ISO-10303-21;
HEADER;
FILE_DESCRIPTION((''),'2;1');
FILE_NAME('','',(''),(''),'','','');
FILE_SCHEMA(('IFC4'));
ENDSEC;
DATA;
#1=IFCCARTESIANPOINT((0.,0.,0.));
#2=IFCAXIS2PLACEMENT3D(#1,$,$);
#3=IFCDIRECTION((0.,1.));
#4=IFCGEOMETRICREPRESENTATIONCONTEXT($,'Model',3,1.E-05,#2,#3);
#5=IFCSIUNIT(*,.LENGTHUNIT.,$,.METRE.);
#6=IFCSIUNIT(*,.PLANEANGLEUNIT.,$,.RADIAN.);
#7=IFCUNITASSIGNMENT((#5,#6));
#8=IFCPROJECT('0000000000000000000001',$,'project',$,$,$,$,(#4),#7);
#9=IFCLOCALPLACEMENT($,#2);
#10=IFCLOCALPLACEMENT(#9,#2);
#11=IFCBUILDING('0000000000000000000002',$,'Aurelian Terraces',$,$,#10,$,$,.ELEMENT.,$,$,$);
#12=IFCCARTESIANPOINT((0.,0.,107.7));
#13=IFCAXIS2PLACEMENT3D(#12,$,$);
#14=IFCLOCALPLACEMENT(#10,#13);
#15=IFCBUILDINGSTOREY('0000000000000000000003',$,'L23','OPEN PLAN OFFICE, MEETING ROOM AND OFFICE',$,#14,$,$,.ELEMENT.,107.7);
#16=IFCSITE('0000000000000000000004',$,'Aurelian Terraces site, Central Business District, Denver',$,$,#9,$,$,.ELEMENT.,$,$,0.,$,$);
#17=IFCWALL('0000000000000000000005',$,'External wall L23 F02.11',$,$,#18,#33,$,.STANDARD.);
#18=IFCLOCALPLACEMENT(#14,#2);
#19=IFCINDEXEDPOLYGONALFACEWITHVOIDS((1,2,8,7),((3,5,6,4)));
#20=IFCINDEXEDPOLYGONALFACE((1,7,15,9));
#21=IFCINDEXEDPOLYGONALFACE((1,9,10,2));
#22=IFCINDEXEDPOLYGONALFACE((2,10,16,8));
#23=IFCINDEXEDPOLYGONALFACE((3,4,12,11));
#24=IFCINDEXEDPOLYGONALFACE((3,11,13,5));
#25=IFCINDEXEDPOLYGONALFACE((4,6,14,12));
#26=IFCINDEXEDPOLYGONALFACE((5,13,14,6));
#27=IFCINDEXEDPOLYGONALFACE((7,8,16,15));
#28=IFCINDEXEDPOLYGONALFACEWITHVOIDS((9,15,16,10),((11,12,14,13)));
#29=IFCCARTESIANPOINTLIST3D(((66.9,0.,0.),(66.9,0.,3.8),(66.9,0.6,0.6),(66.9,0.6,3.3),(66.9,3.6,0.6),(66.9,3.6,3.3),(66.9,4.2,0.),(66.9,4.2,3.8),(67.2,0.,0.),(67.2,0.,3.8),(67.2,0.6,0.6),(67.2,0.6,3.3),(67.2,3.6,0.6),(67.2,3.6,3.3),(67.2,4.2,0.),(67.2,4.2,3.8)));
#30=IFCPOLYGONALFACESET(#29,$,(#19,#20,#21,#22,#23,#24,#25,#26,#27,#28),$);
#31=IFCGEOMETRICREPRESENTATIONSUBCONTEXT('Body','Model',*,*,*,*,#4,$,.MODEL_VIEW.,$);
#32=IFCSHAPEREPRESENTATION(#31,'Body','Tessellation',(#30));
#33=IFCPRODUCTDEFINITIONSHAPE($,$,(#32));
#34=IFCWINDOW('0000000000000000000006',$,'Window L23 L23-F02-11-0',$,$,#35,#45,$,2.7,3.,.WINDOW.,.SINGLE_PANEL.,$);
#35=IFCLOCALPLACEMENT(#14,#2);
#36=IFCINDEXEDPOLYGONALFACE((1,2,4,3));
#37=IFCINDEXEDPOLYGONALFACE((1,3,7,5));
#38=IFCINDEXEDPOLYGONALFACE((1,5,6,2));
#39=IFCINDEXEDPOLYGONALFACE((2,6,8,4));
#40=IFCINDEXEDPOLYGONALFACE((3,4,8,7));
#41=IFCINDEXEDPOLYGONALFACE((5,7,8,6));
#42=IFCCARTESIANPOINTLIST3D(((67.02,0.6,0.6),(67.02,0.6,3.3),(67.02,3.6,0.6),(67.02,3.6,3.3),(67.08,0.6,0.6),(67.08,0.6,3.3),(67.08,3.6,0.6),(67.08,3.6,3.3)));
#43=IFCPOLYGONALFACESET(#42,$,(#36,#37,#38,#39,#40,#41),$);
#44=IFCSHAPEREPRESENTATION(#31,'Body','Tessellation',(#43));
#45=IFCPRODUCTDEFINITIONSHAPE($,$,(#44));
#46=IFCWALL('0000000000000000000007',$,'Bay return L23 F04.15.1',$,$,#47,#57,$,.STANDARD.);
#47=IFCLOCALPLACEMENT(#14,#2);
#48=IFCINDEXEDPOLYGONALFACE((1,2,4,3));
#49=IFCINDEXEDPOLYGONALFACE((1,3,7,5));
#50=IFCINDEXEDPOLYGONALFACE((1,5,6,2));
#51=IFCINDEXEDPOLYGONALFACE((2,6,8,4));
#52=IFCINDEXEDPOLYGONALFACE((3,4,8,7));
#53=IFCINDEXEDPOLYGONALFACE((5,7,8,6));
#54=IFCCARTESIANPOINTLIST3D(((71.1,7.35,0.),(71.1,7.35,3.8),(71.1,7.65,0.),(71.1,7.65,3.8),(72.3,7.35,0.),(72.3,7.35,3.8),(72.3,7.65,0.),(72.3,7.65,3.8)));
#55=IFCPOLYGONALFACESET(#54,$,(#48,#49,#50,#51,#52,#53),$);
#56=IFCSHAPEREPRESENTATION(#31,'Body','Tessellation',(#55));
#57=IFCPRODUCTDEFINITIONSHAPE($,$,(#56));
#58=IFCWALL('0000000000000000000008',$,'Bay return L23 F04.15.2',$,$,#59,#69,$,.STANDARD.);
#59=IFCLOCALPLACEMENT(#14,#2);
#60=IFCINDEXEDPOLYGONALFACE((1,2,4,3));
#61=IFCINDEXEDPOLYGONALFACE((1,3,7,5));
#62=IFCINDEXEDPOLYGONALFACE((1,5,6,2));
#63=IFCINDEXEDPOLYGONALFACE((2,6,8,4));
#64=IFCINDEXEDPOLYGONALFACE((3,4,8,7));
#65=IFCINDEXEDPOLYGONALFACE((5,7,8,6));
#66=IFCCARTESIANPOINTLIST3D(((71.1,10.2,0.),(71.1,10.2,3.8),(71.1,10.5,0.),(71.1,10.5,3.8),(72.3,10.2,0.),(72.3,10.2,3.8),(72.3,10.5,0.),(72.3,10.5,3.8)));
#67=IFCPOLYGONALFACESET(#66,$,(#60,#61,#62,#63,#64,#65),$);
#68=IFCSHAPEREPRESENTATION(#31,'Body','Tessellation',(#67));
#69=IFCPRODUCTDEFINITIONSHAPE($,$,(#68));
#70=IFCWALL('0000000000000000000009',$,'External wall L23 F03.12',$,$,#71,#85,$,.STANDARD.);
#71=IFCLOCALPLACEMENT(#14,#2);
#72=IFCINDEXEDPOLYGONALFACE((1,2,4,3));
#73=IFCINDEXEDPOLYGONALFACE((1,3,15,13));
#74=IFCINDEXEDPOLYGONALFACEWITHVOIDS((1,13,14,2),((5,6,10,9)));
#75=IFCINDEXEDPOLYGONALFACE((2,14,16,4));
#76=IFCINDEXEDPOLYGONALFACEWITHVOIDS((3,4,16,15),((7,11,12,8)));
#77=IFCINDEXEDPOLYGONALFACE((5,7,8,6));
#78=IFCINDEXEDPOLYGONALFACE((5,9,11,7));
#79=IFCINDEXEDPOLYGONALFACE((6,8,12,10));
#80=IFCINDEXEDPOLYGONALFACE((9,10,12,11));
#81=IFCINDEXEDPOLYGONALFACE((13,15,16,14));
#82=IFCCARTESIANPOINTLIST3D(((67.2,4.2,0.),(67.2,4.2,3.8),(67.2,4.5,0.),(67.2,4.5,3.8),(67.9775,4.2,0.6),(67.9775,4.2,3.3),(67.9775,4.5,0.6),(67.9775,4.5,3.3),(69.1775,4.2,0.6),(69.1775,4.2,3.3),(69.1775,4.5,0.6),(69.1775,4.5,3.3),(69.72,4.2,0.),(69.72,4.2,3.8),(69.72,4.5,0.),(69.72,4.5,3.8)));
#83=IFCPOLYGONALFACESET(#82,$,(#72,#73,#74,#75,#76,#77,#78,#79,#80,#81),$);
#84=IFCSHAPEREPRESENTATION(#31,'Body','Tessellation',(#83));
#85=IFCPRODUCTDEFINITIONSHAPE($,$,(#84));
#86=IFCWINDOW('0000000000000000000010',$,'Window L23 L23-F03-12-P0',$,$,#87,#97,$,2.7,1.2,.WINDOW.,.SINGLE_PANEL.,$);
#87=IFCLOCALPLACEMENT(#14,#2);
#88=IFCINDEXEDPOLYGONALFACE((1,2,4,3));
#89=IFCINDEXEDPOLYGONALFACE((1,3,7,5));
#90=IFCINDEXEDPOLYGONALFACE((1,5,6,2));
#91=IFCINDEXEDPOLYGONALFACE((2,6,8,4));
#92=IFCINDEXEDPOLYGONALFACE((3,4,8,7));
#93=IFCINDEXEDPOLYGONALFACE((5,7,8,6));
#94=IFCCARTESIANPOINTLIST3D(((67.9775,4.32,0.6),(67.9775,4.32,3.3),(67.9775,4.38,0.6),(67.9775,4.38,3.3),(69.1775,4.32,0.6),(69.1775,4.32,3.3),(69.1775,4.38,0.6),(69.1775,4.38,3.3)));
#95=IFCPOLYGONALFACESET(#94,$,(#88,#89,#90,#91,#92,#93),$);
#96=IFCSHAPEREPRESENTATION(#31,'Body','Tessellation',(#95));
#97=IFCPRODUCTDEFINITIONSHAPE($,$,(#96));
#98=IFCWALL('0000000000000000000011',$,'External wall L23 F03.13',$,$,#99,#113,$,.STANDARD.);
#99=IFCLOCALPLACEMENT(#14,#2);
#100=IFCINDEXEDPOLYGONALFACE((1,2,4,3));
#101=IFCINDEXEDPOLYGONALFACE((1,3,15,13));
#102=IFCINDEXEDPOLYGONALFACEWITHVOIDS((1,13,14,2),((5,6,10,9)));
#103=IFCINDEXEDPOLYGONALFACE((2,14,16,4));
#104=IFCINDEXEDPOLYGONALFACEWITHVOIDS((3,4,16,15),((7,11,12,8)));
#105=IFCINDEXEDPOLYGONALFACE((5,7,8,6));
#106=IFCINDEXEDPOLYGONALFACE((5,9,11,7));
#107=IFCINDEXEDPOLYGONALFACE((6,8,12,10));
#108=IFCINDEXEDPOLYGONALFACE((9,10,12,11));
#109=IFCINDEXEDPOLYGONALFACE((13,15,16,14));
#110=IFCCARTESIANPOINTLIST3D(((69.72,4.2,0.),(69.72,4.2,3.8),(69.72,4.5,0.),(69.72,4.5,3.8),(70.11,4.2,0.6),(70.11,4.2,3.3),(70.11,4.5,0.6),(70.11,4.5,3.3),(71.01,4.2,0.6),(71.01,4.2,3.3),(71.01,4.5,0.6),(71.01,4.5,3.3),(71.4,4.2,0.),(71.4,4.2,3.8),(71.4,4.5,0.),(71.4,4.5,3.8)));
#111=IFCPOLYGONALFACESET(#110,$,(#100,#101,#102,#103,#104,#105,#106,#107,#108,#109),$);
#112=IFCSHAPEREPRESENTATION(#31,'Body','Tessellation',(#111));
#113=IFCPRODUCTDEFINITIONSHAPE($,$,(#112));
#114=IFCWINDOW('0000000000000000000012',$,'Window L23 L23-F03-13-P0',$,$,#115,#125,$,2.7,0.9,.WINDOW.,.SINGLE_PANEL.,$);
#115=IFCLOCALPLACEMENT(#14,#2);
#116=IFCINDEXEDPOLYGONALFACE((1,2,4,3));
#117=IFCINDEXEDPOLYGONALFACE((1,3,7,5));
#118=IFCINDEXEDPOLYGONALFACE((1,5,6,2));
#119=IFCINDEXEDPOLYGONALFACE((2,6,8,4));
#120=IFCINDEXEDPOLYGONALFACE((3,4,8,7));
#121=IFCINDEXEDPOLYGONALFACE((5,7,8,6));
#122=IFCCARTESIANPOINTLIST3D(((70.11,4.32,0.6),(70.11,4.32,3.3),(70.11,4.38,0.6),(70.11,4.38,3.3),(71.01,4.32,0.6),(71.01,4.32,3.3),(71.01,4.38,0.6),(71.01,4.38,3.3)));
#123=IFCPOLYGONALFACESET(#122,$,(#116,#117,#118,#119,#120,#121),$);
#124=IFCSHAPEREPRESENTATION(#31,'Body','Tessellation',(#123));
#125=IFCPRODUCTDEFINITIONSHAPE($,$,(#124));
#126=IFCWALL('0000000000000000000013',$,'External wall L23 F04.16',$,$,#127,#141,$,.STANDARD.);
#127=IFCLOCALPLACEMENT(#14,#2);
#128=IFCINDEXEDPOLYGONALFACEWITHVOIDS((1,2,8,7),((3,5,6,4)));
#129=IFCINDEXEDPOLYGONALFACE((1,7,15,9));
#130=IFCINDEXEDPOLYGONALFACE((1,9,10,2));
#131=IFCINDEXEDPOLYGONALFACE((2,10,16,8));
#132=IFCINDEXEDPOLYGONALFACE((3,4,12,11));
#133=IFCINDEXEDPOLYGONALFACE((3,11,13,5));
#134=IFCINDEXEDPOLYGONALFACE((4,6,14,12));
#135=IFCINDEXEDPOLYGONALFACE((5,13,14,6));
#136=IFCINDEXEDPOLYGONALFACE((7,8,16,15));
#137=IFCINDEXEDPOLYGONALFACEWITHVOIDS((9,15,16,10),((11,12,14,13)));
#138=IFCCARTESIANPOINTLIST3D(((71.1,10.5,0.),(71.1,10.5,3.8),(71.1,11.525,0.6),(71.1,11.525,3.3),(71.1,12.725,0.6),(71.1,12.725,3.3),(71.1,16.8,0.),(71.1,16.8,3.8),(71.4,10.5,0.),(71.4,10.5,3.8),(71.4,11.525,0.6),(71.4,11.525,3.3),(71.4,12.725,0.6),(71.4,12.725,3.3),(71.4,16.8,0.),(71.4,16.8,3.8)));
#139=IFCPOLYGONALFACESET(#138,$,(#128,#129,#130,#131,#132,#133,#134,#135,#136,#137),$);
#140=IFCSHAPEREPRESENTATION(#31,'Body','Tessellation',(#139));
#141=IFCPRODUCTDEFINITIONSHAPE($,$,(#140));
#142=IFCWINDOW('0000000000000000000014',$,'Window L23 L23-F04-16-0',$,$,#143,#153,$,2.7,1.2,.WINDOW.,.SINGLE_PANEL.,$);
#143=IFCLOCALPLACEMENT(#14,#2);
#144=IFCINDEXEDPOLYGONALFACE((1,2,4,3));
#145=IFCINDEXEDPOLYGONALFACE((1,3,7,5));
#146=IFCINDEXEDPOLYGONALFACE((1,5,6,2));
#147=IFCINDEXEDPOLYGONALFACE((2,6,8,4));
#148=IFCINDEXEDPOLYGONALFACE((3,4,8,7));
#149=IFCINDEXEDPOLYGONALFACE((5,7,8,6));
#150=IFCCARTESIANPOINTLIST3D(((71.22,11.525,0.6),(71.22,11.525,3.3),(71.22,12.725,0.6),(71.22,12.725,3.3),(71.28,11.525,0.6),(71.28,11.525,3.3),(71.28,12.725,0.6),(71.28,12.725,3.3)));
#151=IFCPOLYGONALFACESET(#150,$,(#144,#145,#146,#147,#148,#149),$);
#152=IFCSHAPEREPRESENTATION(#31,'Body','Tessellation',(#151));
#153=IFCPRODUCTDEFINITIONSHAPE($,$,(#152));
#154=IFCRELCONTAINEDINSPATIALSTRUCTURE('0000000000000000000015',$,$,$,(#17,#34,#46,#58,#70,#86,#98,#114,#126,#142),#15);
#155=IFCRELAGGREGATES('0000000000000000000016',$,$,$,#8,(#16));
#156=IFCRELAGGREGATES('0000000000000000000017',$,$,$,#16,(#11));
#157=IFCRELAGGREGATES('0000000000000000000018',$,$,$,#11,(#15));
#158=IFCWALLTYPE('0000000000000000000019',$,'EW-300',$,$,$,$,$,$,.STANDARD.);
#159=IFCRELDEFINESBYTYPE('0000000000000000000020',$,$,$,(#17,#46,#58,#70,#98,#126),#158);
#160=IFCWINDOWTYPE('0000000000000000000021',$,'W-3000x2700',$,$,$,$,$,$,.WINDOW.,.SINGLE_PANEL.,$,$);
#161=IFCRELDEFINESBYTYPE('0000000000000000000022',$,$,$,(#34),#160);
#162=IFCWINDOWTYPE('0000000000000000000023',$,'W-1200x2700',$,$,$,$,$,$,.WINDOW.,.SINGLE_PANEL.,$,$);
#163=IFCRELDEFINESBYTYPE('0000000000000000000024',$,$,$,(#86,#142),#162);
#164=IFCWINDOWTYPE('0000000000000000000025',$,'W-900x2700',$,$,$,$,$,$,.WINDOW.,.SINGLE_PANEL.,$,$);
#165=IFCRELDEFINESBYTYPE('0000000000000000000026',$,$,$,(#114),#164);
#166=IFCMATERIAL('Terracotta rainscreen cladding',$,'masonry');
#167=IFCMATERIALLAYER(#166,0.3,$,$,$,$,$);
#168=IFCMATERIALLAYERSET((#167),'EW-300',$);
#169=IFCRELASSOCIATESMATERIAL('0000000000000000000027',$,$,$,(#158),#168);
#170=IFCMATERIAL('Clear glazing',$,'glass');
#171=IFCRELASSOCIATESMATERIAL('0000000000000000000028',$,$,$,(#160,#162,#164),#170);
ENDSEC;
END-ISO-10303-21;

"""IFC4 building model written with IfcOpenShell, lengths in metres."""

from ifc_helpers import new_model, si_unit, direction, frame, frame_2d, origin, place, context, subcontext, project, spatial, rectangle, extrude, source, transform, mapped, material, layer, layer_set, type_object, element, fill, save


model = new_model("IFC4")

# Units and contexts
model_context = context("Model", 3, precision=1e-05, world=origin(), true_north=direction((0.0, 1.0)))
body_context = subcontext(model_context, "Body", "Model", "MODEL_VIEW")
ifc_project = project(units=[si_unit("LENGTHUNIT", "METRE"), si_unit("PLANEANGLEUNIT", "RADIAN")], contexts=[model_context])

# Site, building, storey
site_placement = place(None, origin())
site = spatial("IfcSite", under=ifc_project, at=site_placement, Name="Aurelian Terraces site, Central Business District, Denver", CompositionType="ELEMENT", RefElevation=0.0)
building_placement = place(site_placement, origin())
building = spatial("IfcBuilding", under=site, at=building_placement, Name="Aurelian Terraces", CompositionType="ELEMENT")
storey_placement = place(building_placement, frame((0.0, 0.0, 107.7)))
storey = spatial("IfcBuildingStorey", under=building, at=storey_placement, Name="L23", Description="OPEN PLAN OFFICE, MEETING ROOM AND OFFICE", CompositionType="ELEMENT", Elevation=107.7)

# Wall, opening, window
ifc_material_1 = material(Name="Terracotta rainscreen cladding", Category="masonry")
ifc_layer_1 = layer(ifc_material_1, 0.3)
ifc_layer_set_1 = layer_set([ifc_layer_1], Name="EW-300")
wall_type_1 = type_object("IfcWallType", Name="EW-300", PredefinedType="STANDARD", material=ifc_layer_set_1)
ifc_material_2 = material(Name="Clear glazing", Category="glass")
shared_shape_1 = source(origin(), body_context, "Body", "SweptSolid", [
    extrude(rectangle(XDim=4.2, YDim=0.3, at=frame_2d((2.1, 0.0))), origin(), (0.0, 0.0, 1.0), 3.8),
])
wall_1_placement = place(storey_placement, frame((67.05, 0.0, 0.0), z_axis=(0.0, 0.0, 1.0), x_axis=(0.0, 1.0, 0.0)))
wall_1 = element("IfcWall", 1, at=wall_1_placement, inside=storey, type_object=wall_type_1, Name="External wall L23 F02.11", PredefinedType="STANDARD", context=body_context, shape_type="MappedRepresentation", body=[
    mapped(shared_shape_1, transform((0.0, 0.0, 0.0), scale=1.0)),
])
shared_shape_2 = source(origin(), body_context, "Body", "SweptSolid", [
    extrude(rectangle(XDim=3.0, YDim=2.7, at=frame_2d((1.5, 1.35))), frame((0.0, 0.16, 0.0), z_axis=(0.0, -1.0, 0.0), x_axis=(1.0, 0.0, 0.0)), (0.0, 0.0, 1.0), 0.32),
])
opening_1_placement = place(wall_1_placement, frame((0.6, 0.0, 0.6)))
opening_1 = element("IfcOpeningElement", 2, at=opening_1_placement, cuts=wall_1, PredefinedType="OPENING", context=body_context, shape_type="MappedRepresentation", body=[
    mapped(shared_shape_2, transform((0.0, 0.0, 0.0), scale=1.0)),
])
window_type_1 = type_object("IfcWindowType", Name="W-3000x2700", PartitioningType="SINGLE_PANEL", PredefinedType="WINDOW", material=ifc_material_2)
shared_shape_3 = source(origin(), body_context, "Body", "SweptSolid", [
    extrude(rectangle(XDim=3.0, YDim=2.7, at=frame_2d((1.5, 1.35))), frame((0.0, 0.03, 0.0), z_axis=(0.0, -1.0, 0.0), x_axis=(1.0, 0.0, 0.0)), (0.0, 0.0, 1.0), 0.06),
])
window_1_placement = place(opening_1_placement, origin())
window_1 = element("IfcWindow", 3, at=window_1_placement, inside=storey, type_object=window_type_1, Name="Window L23 L23-F02-11-0", OverallHeight=2.7, OverallWidth=3.0, PartitioningType="SINGLE_PANEL", PredefinedType="WINDOW", context=body_context, shape_type="MappedRepresentation", body=[
    mapped(shared_shape_3, transform((0.0, 0.0, 0.0), scale=1.0)),
])
fill(opening_1, window_1)

# Walls
shared_shape_4 = source(origin(), body_context, "Body", "SweptSolid", [
    extrude(rectangle(XDim=1.2, YDim=0.3, at=frame_2d((0.6, 0.0))), origin(), (0.0, 0.0, 1.0), 3.8),
])
for number, where, z_axis, x_axis, name in (
    (4, (71.1, 7.5, 0.0), (0.0, 0.0, 1.0), (1.0, 0.0, 0.0), "Bay return L23 F04.15.1"),
    (5, (71.1, 10.35, 0.0), (0.0, 0.0, 1.0), (1.0, 0.0, 0.0), "Bay return L23 F04.15.2"),
):
    element("IfcWall", number, at=place(storey_placement, frame(where, z_axis=z_axis, x_axis=x_axis)), inside=storey, type_object=wall_type_1, Name=name, PredefinedType="STANDARD", context=body_context, shape_type="MappedRepresentation", body=[
        mapped(shared_shape_4, transform((0.0, 0.0, 0.0), scale=1.0)),
    ])

# Walls, openings, windows
shared_shape_5 = source(origin(), body_context, "Body", "SweptSolid", [
    extrude(rectangle(XDim=2.52, YDim=0.3, at=frame_2d((1.26, 0.0))), origin(), (0.0, 0.0, 1.0), 3.8),
])
wall_2_placement = place(storey_placement, frame((67.2, 4.35, 0.0), z_axis=(0.0, 0.0, 1.0), x_axis=(1.0, 0.0, 0.0)))
wall_2 = element("IfcWall", 6, at=wall_2_placement, inside=storey, type_object=wall_type_1, Name="External wall L23 F03.12", PredefinedType="STANDARD", context=body_context, shape_type="MappedRepresentation", body=[
    mapped(shared_shape_5, transform((0.0, 0.0, 0.0), scale=1.0)),
])
shared_shape_6 = source(origin(), body_context, "Body", "SweptSolid", [
    extrude(rectangle(XDim=1.2, YDim=2.7, at=frame_2d((0.6, 1.35))), frame((0.0, 0.16, 0.0), z_axis=(0.0, -1.0, 0.0), x_axis=(1.0, 0.0, 0.0)), (0.0, 0.0, 1.0), 0.32),
])
opening_2_placement = place(wall_2_placement, frame((0.7775, 0.0, 0.6)))
opening_2 = element("IfcOpeningElement", 7, at=opening_2_placement, cuts=wall_2, PredefinedType="OPENING", context=body_context, shape_type="MappedRepresentation", body=[
    mapped(shared_shape_6, transform((0.0, 0.0, 0.0), scale=1.0)),
])
window_type_2 = type_object("IfcWindowType", Name="W-1200x2700", PartitioningType="SINGLE_PANEL", PredefinedType="WINDOW", material=ifc_material_2)
shared_shape_7 = source(origin(), body_context, "Body", "SweptSolid", [
    extrude(rectangle(XDim=1.2, YDim=2.7, at=frame_2d((0.6, 1.35))), frame((0.0, 0.03, 0.0), z_axis=(0.0, -1.0, 0.0), x_axis=(1.0, 0.0, 0.0)), (0.0, 0.0, 1.0), 0.06),
])
window_2_placement = place(opening_2_placement, origin())
window_2 = element("IfcWindow", 8, at=window_2_placement, inside=storey, type_object=window_type_2, Name="Window L23 L23-F03-12-P0", OverallHeight=2.7, OverallWidth=1.2, PartitioningType="SINGLE_PANEL", PredefinedType="WINDOW", context=body_context, shape_type="MappedRepresentation", body=[
    mapped(shared_shape_7, transform((0.0, 0.0, 0.0), scale=1.0)),
])
fill(opening_2, window_2)
shared_shape_8 = source(origin(), body_context, "Body", "SweptSolid", [
    extrude(rectangle(XDim=1.68, YDim=0.3, at=frame_2d((0.84, 0.0))), origin(), (0.0, 0.0, 1.0), 3.8),
])
wall_3_placement = place(storey_placement, frame((69.72, 4.35, 0.0), z_axis=(0.0, 0.0, 1.0), x_axis=(1.0, 0.0, 0.0)))
wall_3 = element("IfcWall", 9, at=wall_3_placement, inside=storey, type_object=wall_type_1, Name="External wall L23 F03.13", PredefinedType="STANDARD", context=body_context, shape_type="MappedRepresentation", body=[
    mapped(shared_shape_8, transform((0.0, 0.0, 0.0), scale=1.0)),
])
shared_shape_9 = source(origin(), body_context, "Body", "SweptSolid", [
    extrude(rectangle(XDim=0.9, YDim=2.7, at=frame_2d((0.45, 1.35))), frame((0.0, 0.16, 0.0), z_axis=(0.0, -1.0, 0.0), x_axis=(1.0, 0.0, 0.0)), (0.0, 0.0, 1.0), 0.32),
])
opening_3_placement = place(wall_3_placement, frame((0.39, 0.0, 0.6)))
opening_3 = element("IfcOpeningElement", 10, at=opening_3_placement, cuts=wall_3, PredefinedType="OPENING", context=body_context, shape_type="MappedRepresentation", body=[
    mapped(shared_shape_9, transform((0.0, 0.0, 0.0), scale=1.0)),
])
window_type_3 = type_object("IfcWindowType", Name="W-900x2700", PartitioningType="SINGLE_PANEL", PredefinedType="WINDOW", material=ifc_material_2)
shared_shape_10 = source(origin(), body_context, "Body", "SweptSolid", [
    extrude(rectangle(XDim=0.9, YDim=2.7, at=frame_2d((0.45, 1.35))), frame((0.0, 0.03, 0.0), z_axis=(0.0, -1.0, 0.0), x_axis=(1.0, 0.0, 0.0)), (0.0, 0.0, 1.0), 0.06),
])
window_3_placement = place(opening_3_placement, origin())
window_3 = element("IfcWindow", 11, at=window_3_placement, inside=storey, type_object=window_type_3, Name="Window L23 L23-F03-13-P0", OverallHeight=2.7, OverallWidth=0.9, PartitioningType="SINGLE_PANEL", PredefinedType="WINDOW", context=body_context, shape_type="MappedRepresentation", body=[
    mapped(shared_shape_10, transform((0.0, 0.0, 0.0), scale=1.0)),
])
fill(opening_3, window_3)
shared_shape_11 = source(origin(), body_context, "Body", "SweptSolid", [
    extrude(rectangle(XDim=6.3, YDim=0.3, at=frame_2d((3.15, 0.0))), origin(), (0.0, 0.0, 1.0), 3.8),
])
wall_4_placement = place(storey_placement, frame((71.25, 10.5, 0.0), z_axis=(0.0, 0.0, 1.0), x_axis=(0.0, 1.0, 0.0)))
wall_4 = element("IfcWall", 12, at=wall_4_placement, inside=storey, type_object=wall_type_1, Name="External wall L23 F04.16", PredefinedType="STANDARD", context=body_context, shape_type="MappedRepresentation", body=[
    mapped(shared_shape_11, transform((0.0, 0.0, 0.0), scale=1.0)),
])
opening_4_placement = place(wall_4_placement, frame((1.025, 0.0, 0.6)))
opening_4 = element("IfcOpeningElement", 13, at=opening_4_placement, cuts=wall_4, PredefinedType="OPENING", context=body_context, shape_type="MappedRepresentation", body=[
    mapped(shared_shape_6, transform((0.0, 0.0, 0.0), scale=1.0)),
])
window_4_placement = place(opening_4_placement, origin())
window_4 = element("IfcWindow", 14, at=window_4_placement, inside=storey, type_object=window_type_2, Name="Window L23 L23-F04-16-0", OverallHeight=2.7, OverallWidth=1.2, PartitioningType="SINGLE_PANEL", PredefinedType="WINDOW", context=body_context, shape_type="MappedRepresentation", body=[
    mapped(shared_shape_7, transform((0.0, 0.0, 0.0), scale=1.0)),
])
fill(opening_4, window_4)

save(model, "model.ifc")
